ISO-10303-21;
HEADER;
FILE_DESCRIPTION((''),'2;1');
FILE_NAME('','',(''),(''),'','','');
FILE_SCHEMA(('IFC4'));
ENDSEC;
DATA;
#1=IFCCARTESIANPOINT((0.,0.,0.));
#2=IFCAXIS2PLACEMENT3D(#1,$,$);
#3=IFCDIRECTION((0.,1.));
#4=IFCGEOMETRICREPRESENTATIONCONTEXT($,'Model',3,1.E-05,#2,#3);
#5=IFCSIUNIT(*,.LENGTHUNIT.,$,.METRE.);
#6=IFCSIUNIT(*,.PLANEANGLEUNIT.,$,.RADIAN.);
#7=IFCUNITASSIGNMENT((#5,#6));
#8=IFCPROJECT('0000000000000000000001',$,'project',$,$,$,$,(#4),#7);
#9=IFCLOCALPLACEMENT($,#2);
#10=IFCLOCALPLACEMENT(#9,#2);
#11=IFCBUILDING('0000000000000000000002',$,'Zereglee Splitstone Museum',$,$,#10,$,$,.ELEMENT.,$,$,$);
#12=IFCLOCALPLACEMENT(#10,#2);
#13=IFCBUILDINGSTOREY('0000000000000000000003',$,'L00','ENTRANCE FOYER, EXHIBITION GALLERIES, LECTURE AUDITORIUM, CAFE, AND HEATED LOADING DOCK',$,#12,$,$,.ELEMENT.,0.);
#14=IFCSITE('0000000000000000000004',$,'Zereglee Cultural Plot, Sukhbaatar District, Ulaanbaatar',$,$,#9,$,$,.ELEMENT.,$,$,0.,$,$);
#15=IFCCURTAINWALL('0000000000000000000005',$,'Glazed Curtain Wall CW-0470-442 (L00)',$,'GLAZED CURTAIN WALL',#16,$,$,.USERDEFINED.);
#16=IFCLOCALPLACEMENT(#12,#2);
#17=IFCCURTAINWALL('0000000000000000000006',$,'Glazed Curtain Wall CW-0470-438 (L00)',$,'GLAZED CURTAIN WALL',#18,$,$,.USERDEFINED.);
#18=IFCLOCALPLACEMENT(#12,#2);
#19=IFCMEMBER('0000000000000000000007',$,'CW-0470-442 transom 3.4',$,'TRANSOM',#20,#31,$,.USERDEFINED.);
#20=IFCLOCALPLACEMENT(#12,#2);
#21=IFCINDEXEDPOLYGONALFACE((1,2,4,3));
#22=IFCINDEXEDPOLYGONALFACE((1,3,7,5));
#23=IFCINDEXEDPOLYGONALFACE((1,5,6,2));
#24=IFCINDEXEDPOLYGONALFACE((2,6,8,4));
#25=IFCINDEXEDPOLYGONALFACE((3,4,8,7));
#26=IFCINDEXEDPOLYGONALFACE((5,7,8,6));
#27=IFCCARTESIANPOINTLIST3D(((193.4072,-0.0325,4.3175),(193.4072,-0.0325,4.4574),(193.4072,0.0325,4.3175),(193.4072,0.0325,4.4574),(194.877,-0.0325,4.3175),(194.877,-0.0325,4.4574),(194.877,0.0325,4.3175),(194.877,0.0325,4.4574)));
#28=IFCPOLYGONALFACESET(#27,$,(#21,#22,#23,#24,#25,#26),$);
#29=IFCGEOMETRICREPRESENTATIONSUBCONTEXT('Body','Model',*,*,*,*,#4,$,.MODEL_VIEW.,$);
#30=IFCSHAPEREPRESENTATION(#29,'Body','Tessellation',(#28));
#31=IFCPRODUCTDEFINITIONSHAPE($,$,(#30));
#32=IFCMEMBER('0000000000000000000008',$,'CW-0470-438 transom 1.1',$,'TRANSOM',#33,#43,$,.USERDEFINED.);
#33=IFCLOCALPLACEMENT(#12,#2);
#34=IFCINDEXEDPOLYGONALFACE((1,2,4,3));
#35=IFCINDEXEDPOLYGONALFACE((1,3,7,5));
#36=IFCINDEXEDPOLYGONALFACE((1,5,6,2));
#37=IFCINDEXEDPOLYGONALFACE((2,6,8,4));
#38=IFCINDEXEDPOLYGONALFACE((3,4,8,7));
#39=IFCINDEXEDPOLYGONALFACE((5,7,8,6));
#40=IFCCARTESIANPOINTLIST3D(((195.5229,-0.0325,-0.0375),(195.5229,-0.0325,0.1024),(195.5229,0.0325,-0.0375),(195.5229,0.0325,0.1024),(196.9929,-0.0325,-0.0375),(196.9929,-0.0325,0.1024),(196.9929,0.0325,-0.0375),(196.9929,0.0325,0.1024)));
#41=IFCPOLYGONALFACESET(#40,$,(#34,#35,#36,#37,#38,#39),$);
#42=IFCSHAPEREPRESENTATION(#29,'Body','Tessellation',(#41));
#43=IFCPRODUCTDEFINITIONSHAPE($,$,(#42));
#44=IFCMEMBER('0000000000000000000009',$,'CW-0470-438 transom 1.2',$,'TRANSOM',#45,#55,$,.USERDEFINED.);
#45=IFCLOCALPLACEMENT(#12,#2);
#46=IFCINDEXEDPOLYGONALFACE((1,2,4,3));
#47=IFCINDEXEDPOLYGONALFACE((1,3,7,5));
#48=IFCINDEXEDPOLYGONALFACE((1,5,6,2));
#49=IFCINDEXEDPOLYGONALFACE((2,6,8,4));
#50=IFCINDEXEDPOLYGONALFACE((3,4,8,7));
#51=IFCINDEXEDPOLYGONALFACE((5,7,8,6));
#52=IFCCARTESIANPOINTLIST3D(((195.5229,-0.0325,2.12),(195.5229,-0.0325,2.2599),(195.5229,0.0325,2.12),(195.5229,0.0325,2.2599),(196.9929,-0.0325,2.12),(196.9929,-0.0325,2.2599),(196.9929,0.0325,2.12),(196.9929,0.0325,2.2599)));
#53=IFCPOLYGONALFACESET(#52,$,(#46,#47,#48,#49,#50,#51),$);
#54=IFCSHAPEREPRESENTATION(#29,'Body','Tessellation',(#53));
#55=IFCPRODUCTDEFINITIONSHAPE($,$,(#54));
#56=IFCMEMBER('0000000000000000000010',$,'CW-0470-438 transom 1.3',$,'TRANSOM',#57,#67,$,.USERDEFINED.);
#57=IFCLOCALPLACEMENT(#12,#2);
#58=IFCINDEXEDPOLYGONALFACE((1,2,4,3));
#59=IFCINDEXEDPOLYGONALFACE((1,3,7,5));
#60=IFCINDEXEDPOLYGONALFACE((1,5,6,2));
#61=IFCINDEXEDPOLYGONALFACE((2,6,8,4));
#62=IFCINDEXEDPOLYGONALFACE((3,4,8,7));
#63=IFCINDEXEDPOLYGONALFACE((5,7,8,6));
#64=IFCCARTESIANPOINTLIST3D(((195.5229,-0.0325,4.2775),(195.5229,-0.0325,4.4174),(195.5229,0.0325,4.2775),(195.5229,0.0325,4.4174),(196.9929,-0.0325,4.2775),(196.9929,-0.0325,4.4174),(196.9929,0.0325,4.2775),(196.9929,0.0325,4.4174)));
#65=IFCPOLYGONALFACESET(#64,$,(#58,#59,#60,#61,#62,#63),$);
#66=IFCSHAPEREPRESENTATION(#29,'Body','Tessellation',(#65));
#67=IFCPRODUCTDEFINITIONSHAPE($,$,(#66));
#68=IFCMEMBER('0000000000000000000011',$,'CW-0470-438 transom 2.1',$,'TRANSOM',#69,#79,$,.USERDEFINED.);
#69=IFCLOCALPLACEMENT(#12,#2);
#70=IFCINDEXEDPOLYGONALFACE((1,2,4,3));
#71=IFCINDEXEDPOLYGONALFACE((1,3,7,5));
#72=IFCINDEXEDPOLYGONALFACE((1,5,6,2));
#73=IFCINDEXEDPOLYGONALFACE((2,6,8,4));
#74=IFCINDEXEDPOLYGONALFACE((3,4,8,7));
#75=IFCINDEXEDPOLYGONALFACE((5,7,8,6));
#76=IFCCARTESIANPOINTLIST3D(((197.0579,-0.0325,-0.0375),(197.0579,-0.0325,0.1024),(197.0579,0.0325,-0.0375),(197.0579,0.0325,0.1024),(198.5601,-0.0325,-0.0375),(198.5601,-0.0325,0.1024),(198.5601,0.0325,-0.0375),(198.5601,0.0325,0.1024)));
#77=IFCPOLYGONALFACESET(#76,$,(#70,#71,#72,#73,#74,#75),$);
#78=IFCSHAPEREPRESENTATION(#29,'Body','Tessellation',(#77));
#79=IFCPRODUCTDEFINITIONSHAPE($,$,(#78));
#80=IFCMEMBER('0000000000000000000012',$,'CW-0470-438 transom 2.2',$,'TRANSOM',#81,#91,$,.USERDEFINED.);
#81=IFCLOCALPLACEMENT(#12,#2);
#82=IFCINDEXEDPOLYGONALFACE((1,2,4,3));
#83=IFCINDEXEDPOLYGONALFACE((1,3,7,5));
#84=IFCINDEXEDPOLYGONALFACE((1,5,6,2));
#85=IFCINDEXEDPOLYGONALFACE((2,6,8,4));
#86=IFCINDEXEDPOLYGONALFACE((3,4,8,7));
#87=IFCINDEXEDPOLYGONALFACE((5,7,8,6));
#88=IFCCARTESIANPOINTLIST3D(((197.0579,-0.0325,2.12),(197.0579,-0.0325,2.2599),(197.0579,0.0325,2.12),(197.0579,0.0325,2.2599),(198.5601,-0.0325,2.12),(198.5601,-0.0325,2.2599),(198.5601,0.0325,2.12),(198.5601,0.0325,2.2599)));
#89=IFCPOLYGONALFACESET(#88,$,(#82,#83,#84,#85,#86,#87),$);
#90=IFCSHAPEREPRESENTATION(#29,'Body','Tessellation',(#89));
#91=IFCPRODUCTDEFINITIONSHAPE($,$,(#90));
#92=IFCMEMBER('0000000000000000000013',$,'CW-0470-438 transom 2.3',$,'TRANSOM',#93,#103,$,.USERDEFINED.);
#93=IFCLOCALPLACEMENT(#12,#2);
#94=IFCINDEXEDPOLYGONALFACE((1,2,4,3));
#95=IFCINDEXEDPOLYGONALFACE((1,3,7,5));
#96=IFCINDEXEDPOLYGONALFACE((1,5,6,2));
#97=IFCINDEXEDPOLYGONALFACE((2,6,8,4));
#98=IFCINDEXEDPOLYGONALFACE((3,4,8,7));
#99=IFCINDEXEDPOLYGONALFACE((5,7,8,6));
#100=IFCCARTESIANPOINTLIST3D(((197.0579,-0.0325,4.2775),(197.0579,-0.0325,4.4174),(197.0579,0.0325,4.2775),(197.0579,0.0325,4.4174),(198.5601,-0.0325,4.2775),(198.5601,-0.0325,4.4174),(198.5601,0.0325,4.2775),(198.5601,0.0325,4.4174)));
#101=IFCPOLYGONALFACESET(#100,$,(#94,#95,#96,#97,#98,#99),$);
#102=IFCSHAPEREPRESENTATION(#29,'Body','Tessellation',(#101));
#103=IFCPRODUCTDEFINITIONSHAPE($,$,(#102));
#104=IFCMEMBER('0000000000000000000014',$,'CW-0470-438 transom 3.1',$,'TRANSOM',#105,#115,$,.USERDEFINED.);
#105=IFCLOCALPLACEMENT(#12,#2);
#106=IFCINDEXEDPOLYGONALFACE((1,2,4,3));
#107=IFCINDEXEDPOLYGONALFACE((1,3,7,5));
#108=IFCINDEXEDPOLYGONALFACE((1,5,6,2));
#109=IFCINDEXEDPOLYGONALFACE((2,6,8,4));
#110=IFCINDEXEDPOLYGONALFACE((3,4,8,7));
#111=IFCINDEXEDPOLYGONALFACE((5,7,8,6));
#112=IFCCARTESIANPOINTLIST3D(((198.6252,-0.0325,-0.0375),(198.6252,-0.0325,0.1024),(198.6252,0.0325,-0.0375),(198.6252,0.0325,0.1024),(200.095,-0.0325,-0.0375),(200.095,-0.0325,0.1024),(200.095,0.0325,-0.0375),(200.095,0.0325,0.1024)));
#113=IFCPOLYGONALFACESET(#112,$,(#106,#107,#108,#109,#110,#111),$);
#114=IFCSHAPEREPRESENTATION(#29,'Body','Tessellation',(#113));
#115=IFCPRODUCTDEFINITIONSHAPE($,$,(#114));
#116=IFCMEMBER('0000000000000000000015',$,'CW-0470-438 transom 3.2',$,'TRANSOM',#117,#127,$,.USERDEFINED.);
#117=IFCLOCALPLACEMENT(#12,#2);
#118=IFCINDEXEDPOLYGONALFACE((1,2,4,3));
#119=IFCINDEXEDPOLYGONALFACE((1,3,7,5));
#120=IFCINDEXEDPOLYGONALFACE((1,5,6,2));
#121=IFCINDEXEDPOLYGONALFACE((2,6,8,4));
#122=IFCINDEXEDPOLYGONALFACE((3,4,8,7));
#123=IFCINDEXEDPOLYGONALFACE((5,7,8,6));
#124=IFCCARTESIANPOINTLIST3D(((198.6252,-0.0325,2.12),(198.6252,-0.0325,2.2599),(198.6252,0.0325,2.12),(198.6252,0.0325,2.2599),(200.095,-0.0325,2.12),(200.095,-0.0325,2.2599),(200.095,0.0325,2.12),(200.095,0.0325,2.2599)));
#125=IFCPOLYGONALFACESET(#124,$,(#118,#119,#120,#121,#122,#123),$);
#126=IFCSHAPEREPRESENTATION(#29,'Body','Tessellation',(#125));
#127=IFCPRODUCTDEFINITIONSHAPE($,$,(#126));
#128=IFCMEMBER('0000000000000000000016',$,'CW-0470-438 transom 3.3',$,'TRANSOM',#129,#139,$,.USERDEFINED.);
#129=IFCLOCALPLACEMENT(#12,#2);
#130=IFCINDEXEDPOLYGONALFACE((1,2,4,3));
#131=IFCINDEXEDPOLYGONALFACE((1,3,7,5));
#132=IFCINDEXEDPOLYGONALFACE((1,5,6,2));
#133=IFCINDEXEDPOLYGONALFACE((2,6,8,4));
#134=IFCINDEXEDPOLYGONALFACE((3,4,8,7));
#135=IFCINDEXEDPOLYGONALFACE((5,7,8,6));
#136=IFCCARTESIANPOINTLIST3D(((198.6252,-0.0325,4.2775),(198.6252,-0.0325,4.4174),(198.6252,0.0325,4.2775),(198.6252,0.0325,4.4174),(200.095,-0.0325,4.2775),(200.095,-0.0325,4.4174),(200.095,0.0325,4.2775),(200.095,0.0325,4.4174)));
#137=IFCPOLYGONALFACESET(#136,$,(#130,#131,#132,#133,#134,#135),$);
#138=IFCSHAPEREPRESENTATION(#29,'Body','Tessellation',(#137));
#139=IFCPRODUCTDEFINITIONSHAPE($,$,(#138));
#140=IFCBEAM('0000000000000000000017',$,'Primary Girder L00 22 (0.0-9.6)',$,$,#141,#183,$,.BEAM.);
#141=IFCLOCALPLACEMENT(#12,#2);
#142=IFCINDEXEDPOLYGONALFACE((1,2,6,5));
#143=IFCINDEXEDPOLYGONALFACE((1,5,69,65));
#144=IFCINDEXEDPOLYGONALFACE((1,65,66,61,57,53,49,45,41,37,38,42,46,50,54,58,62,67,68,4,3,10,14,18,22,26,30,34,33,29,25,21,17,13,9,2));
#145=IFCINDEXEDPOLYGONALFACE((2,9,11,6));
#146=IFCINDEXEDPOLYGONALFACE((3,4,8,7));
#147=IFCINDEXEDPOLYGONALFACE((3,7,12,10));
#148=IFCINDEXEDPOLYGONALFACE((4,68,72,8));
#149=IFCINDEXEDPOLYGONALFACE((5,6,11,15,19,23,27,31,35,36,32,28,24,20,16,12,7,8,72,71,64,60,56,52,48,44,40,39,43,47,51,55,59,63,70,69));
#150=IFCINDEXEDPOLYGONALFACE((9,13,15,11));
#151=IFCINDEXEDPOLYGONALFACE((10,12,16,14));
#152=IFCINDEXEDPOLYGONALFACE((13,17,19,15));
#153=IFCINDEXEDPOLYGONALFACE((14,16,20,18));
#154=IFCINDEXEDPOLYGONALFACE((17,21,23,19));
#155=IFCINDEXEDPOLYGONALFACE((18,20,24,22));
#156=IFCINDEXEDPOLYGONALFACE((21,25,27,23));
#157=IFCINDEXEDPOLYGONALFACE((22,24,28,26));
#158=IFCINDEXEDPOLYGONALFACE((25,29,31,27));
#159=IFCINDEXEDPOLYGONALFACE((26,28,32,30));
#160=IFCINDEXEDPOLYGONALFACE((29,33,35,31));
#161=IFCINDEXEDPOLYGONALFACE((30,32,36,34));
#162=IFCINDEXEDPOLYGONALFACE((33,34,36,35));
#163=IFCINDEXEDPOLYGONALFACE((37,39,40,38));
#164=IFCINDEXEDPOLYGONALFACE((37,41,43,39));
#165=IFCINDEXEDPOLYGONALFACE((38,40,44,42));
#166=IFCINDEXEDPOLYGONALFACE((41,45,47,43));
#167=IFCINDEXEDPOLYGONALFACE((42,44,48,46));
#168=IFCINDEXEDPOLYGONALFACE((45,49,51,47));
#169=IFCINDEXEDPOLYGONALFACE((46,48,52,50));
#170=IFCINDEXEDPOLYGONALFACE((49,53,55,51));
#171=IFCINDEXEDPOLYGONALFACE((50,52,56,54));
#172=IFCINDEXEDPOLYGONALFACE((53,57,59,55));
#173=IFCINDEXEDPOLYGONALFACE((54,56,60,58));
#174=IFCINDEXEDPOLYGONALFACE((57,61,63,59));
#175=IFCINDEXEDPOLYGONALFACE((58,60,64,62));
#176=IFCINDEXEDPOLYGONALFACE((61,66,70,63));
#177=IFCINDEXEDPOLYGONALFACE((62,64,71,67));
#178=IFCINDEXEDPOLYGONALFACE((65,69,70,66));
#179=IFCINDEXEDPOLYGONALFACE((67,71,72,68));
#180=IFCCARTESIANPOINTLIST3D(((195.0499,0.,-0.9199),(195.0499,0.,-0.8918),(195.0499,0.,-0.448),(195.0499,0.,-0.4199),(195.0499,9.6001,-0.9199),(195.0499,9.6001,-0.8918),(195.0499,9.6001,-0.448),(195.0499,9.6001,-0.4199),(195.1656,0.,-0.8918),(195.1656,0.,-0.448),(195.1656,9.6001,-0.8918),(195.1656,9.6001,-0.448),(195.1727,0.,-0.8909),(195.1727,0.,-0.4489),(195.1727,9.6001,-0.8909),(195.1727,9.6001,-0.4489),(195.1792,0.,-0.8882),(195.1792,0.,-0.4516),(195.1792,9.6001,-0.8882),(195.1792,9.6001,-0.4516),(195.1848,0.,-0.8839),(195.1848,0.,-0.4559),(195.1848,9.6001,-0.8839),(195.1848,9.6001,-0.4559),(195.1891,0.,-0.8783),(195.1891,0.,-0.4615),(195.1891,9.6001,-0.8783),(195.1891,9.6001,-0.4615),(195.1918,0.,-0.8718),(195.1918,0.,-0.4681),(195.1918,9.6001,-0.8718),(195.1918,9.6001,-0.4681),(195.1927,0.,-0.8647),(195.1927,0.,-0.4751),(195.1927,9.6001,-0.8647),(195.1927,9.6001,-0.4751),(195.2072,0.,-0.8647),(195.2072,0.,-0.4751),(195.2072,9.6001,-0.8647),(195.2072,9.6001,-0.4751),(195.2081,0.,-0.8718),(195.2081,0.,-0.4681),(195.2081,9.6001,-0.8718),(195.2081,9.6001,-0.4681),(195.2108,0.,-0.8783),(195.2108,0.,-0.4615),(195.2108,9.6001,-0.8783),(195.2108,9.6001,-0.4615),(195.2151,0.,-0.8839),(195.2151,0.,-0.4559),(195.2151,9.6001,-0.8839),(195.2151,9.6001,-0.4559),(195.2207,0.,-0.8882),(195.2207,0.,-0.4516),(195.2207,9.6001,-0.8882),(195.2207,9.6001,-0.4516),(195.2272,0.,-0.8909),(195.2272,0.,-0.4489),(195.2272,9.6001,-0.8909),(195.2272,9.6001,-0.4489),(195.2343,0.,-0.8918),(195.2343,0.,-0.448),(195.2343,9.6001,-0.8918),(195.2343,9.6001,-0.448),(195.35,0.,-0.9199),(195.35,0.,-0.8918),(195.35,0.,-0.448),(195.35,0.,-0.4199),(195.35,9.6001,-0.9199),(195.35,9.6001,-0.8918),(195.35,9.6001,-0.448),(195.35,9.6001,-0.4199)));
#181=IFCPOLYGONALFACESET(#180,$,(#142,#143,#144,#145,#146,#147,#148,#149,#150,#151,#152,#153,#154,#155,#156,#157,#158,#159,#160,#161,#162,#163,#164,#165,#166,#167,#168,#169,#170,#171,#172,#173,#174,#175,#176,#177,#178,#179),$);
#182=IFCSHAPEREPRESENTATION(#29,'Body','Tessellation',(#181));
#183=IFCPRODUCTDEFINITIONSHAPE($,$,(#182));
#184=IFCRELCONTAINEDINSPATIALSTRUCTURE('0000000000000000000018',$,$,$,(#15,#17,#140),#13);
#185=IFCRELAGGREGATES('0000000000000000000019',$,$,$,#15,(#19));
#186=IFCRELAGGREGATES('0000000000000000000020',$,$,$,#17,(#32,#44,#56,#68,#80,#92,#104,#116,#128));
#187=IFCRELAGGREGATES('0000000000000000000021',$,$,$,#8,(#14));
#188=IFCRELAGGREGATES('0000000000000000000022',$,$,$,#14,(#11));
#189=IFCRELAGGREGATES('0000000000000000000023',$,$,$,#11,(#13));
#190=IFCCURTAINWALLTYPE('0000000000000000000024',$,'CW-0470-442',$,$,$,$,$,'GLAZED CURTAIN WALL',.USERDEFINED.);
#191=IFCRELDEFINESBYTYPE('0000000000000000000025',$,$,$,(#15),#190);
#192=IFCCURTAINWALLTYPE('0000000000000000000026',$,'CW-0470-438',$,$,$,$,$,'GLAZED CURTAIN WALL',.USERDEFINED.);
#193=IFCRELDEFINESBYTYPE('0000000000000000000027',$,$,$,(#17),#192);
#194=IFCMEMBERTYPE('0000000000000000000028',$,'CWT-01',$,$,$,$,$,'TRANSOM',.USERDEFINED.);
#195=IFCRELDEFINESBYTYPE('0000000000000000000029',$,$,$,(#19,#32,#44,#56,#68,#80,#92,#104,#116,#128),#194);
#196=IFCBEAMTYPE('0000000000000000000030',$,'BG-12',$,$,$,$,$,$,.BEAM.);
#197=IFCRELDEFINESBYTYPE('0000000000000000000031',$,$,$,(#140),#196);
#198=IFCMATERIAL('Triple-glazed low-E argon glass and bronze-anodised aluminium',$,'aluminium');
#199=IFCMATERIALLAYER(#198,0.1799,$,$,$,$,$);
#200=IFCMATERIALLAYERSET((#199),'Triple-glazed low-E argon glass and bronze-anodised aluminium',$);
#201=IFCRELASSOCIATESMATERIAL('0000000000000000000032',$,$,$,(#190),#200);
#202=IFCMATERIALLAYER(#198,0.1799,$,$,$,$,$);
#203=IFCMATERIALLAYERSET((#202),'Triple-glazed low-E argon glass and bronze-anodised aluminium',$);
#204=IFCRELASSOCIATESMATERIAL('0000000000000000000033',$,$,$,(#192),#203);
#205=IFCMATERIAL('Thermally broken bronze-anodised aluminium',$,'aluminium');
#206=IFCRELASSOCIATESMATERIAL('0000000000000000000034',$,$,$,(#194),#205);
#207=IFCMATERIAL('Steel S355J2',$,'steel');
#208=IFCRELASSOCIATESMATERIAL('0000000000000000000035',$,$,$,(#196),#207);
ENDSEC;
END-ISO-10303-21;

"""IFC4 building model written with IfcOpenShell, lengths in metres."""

from ifc_helpers import new_model, si_unit, direction, frame, origin, origin_2d, place, context, subcontext, project, spatial, rectangle, i_section, extrude, material, layer, layer_set, material_profile, profile_set, type_object, element, aggregate, save


model = new_model("IFC4")

# Units and contexts
model_context = context("Model", 3, precision=1e-05, world=origin(), true_north=direction((0.0, 1.0)))
body_context = subcontext(model_context, "Body", "Model", "MODEL_VIEW")
ifc_project = project(units=[si_unit("LENGTHUNIT", "METRE"), si_unit("PLANEANGLEUNIT", "RADIAN")], contexts=[model_context])

# Site, building, storey
site_placement = place(None, origin())
site = spatial("IfcSite", under=ifc_project, at=site_placement, Name="Zereglee Cultural Plot, Sukhbaatar District, Ulaanbaatar", CompositionType="ELEMENT", RefElevation=0.0)
building_placement = place(site_placement, origin())
building = spatial("IfcBuilding", under=site, at=building_placement, Name="Zereglee Splitstone Museum", CompositionType="ELEMENT")
storey_placement = place(building_placement, origin())
storey = spatial("IfcBuildingStorey", under=building, at=storey_placement, Name="L00", Description="ENTRANCE FOYER, EXHIBITION GALLERIES, LECTURE AUDITORIUM, CAFE, AND HEATED LOADING DOCK", CompositionType="ELEMENT", Elevation=0.0)

# Curtain walls
ifc_material_1 = material(Name="Triple-glazed low-E argon glass and bronze-anodised aluminium", Category="aluminium")
ifc_layer_1 = layer(ifc_material_1, 0.1799)
ifc_layer_set_1 = layer_set([ifc_layer_1], Name="Triple-glazed low-E argon glass and bronze-anodised aluminium")
curtain_wall_type_1 = type_object("IfcCurtainWallType", Name="CW-0470-442", ElementType="GLAZED CURTAIN WALL", PredefinedType="USERDEFINED", material=ifc_layer_set_1)
curtain_wall_1_placement = place(storey_placement, origin())
curtain_wall_1 = element("IfcCurtainWall", 1, at=curtain_wall_1_placement, inside=storey, type_object=curtain_wall_type_1, Name="Glazed Curtain Wall CW-0470-442 (L00)", ObjectType="GLAZED CURTAIN WALL", PredefinedType="USERDEFINED")
ifc_material_2 = material(Name="Thermally broken bronze-anodised aluminium", Category="aluminium")
ifc_layer_2 = layer(ifc_material_1, 0.1799)
ifc_layer_set_2 = layer_set([ifc_layer_2], Name="Triple-glazed low-E argon glass and bronze-anodised aluminium")
curtain_wall_type_2 = type_object("IfcCurtainWallType", Name="CW-0470-438", ElementType="GLAZED CURTAIN WALL", PredefinedType="USERDEFINED", material=ifc_layer_set_2)
curtain_wall_2_placement = place(storey_placement, origin())
curtain_wall_2 = element("IfcCurtainWall", 2, at=curtain_wall_2_placement, inside=storey, type_object=curtain_wall_type_2, Name="Glazed Curtain Wall CW-0470-438 (L00)", ObjectType="GLAZED CURTAIN WALL", PredefinedType="USERDEFINED")

# Members
ifc_material_profile_1 = material_profile(ifc_material_2, rectangle(XDim=0.0649, YDim=0.1399, at=origin_2d()), Name="CW TRAN 65x140")
ifc_profile_set_1 = profile_set([ifc_material_profile_1], Name="Thermally broken bronze-anodised aluminium")
member_type_1 = type_object("IfcMemberType", Name="CWT-01", ElementType="TRANSOM", PredefinedType="USERDEFINED", material=ifc_profile_set_1)
member_1_placement = place(storey_placement, frame((193.4072, 0.0, 4.3875), z_axis=(1.0, 0.0, 0.0), x_axis=(0.0, 1.0, 0.0)))
member_1 = element("IfcMember", 3, at=member_1_placement, type_object=member_type_1, Name="CW-0470-442 transom 3.4", ObjectType="TRANSOM", PredefinedType="USERDEFINED", context=body_context, shape_type="SweptSolid", body=[
    extrude(rectangle(XDim=0.0649, YDim=0.1399, at=origin_2d()), origin(), (0.0, 0.0, 1.0), 1.4697),
])
member_2_placement = place(storey_placement, frame((195.5229, 0.0, 0.0325), z_axis=(1.0, 0.0, 0.0), x_axis=(0.0, 1.0, 0.0)))
member_2 = element("IfcMember", 4, at=member_2_placement, type_object=member_type_1, Name="CW-0470-438 transom 1.1", ObjectType="TRANSOM", PredefinedType="USERDEFINED", context=body_context, shape_type="SweptSolid", body=[
    extrude(rectangle(XDim=0.0649, YDim=0.1399, at=origin_2d()), origin(), (0.0, 0.0, 1.0), 1.47),
])
member_3_placement = place(storey_placement, frame((195.5229, 0.0, 2.1899), z_axis=(1.0, 0.0, 0.0), x_axis=(0.0, 1.0, 0.0)))
member_3 = element("IfcMember", 5, at=member_3_placement, type_object=member_type_1, Name="CW-0470-438 transom 1.2", ObjectType="TRANSOM", PredefinedType="USERDEFINED", context=body_context, shape_type="SweptSolid", body=[
    extrude(rectangle(XDim=0.0649, YDim=0.1399, at=origin_2d()), origin(), (0.0, 0.0, 1.0), 1.47),
])
member_4_placement = place(storey_placement, frame((195.5229, 0.0, 4.3474), z_axis=(1.0, 0.0, 0.0), x_axis=(0.0, 1.0, 0.0)))
member_4 = element("IfcMember", 6, at=member_4_placement, type_object=member_type_1, Name="CW-0470-438 transom 1.3", ObjectType="TRANSOM", PredefinedType="USERDEFINED", context=body_context, shape_type="SweptSolid", body=[
    extrude(rectangle(XDim=0.0649, YDim=0.1399, at=origin_2d()), origin(), (0.0, 0.0, 1.0), 1.47),
])
member_5_placement = place(storey_placement, frame((197.0579, 0.0, 0.0325), z_axis=(1.0, 0.0, 0.0), x_axis=(0.0, 1.0, 0.0)))
member_5 = element("IfcMember", 7, at=member_5_placement, type_object=member_type_1, Name="CW-0470-438 transom 2.1", ObjectType="TRANSOM", PredefinedType="USERDEFINED", context=body_context, shape_type="SweptSolid", body=[
    extrude(rectangle(XDim=0.0649, YDim=0.1399, at=origin_2d()), origin(), (0.0, 0.0, 1.0), 1.5022),
])
member_6_placement = place(storey_placement, frame((197.0579, 0.0, 2.1899), z_axis=(1.0, 0.0, 0.0), x_axis=(0.0, 1.0, 0.0)))
member_6 = element("IfcMember", 8, at=member_6_placement, type_object=member_type_1, Name="CW-0470-438 transom 2.2", ObjectType="TRANSOM", PredefinedType="USERDEFINED", context=body_context, shape_type="SweptSolid", body=[
    extrude(rectangle(XDim=0.0649, YDim=0.1399, at=origin_2d()), origin(), (0.0, 0.0, 1.0), 1.5022),
])
member_7_placement = place(storey_placement, frame((197.0579, 0.0, 4.3474), z_axis=(1.0, 0.0, 0.0), x_axis=(0.0, 1.0, 0.0)))
member_7 = element("IfcMember", 9, at=member_7_placement, type_object=member_type_1, Name="CW-0470-438 transom 2.3", ObjectType="TRANSOM", PredefinedType="USERDEFINED", context=body_context, shape_type="SweptSolid", body=[
    extrude(rectangle(XDim=0.0649, YDim=0.1399, at=origin_2d()), origin(), (0.0, 0.0, 1.0), 1.5022),
])
member_8_placement = place(storey_placement, frame((198.6252, 0.0, 0.0325), z_axis=(1.0, 0.0, 0.0), x_axis=(0.0, 1.0, 0.0)))
member_8 = element("IfcMember", 10, at=member_8_placement, type_object=member_type_1, Name="CW-0470-438 transom 3.1", ObjectType="TRANSOM", PredefinedType="USERDEFINED", context=body_context, shape_type="SweptSolid", body=[
    extrude(rectangle(XDim=0.0649, YDim=0.1399, at=origin_2d()), origin(), (0.0, 0.0, 1.0), 1.4697),
])
member_9_placement = place(storey_placement, frame((198.6252, 0.0, 2.1899), z_axis=(1.0, 0.0, 0.0), x_axis=(0.0, 1.0, 0.0)))
member_9 = element("IfcMember", 11, at=member_9_placement, type_object=member_type_1, Name="CW-0470-438 transom 3.2", ObjectType="TRANSOM", PredefinedType="USERDEFINED", context=body_context, shape_type="SweptSolid", body=[
    extrude(rectangle(XDim=0.0649, YDim=0.1399, at=origin_2d()), origin(), (0.0, 0.0, 1.0), 1.4697),
])
member_10_placement = place(storey_placement, frame((198.6252, 0.0, 4.3474), z_axis=(1.0, 0.0, 0.0), x_axis=(0.0, 1.0, 0.0)))
member_10 = element("IfcMember", 12, at=member_10_placement, type_object=member_type_1, Name="CW-0470-438 transom 3.3", ObjectType="TRANSOM", PredefinedType="USERDEFINED", context=body_context, shape_type="SweptSolid", body=[
    extrude(rectangle(XDim=0.0649, YDim=0.1399, at=origin_2d()), origin(), (0.0, 0.0, 1.0), 1.4697),
])

# Beam
ifc_material_3 = material(Name="Steel S355J2", Category="steel")
ifc_material_profile_2 = material_profile(ifc_material_3, i_section(OverallWidth=0.3, OverallDepth=0.5, WebThickness=0.0144, FlangeThickness=0.0281, FilletRadius=0.0271, at=origin_2d()), Name="HE 500 B")
ifc_profile_set_2 = profile_set([ifc_material_profile_2], Name="Steel S355J2")
beam_type_1 = type_object("IfcBeamType", Name="BG-12", PredefinedType="BEAM", material=ifc_profile_set_2)
beam_1_placement = place(storey_placement, frame((195.2, 0.0, -0.6699), z_axis=(0.0, 1.0, 0.0), x_axis=(-1.0, 0.0, 0.0)))
element("IfcBeam", 13, at=beam_1_placement, inside=storey, type_object=beam_type_1, Name="Primary Girder L00 22 (0.0-9.6)", PredefinedType="BEAM", context=body_context, shape_type="SweptSolid", body=[
    extrude(i_section(OverallWidth=0.3, OverallDepth=0.5, WebThickness=0.0144, FlangeThickness=0.0281, FilletRadius=0.0271, at=origin_2d()), origin(), (0.0, 0.0, 1.0), 9.6001),
])

aggregate(curtain_wall_1, [member_1])
aggregate(curtain_wall_2, [member_2, member_3, member_4, member_5, member_6, member_7, member_8, member_9, member_10])

save(model, "model.ifc")
